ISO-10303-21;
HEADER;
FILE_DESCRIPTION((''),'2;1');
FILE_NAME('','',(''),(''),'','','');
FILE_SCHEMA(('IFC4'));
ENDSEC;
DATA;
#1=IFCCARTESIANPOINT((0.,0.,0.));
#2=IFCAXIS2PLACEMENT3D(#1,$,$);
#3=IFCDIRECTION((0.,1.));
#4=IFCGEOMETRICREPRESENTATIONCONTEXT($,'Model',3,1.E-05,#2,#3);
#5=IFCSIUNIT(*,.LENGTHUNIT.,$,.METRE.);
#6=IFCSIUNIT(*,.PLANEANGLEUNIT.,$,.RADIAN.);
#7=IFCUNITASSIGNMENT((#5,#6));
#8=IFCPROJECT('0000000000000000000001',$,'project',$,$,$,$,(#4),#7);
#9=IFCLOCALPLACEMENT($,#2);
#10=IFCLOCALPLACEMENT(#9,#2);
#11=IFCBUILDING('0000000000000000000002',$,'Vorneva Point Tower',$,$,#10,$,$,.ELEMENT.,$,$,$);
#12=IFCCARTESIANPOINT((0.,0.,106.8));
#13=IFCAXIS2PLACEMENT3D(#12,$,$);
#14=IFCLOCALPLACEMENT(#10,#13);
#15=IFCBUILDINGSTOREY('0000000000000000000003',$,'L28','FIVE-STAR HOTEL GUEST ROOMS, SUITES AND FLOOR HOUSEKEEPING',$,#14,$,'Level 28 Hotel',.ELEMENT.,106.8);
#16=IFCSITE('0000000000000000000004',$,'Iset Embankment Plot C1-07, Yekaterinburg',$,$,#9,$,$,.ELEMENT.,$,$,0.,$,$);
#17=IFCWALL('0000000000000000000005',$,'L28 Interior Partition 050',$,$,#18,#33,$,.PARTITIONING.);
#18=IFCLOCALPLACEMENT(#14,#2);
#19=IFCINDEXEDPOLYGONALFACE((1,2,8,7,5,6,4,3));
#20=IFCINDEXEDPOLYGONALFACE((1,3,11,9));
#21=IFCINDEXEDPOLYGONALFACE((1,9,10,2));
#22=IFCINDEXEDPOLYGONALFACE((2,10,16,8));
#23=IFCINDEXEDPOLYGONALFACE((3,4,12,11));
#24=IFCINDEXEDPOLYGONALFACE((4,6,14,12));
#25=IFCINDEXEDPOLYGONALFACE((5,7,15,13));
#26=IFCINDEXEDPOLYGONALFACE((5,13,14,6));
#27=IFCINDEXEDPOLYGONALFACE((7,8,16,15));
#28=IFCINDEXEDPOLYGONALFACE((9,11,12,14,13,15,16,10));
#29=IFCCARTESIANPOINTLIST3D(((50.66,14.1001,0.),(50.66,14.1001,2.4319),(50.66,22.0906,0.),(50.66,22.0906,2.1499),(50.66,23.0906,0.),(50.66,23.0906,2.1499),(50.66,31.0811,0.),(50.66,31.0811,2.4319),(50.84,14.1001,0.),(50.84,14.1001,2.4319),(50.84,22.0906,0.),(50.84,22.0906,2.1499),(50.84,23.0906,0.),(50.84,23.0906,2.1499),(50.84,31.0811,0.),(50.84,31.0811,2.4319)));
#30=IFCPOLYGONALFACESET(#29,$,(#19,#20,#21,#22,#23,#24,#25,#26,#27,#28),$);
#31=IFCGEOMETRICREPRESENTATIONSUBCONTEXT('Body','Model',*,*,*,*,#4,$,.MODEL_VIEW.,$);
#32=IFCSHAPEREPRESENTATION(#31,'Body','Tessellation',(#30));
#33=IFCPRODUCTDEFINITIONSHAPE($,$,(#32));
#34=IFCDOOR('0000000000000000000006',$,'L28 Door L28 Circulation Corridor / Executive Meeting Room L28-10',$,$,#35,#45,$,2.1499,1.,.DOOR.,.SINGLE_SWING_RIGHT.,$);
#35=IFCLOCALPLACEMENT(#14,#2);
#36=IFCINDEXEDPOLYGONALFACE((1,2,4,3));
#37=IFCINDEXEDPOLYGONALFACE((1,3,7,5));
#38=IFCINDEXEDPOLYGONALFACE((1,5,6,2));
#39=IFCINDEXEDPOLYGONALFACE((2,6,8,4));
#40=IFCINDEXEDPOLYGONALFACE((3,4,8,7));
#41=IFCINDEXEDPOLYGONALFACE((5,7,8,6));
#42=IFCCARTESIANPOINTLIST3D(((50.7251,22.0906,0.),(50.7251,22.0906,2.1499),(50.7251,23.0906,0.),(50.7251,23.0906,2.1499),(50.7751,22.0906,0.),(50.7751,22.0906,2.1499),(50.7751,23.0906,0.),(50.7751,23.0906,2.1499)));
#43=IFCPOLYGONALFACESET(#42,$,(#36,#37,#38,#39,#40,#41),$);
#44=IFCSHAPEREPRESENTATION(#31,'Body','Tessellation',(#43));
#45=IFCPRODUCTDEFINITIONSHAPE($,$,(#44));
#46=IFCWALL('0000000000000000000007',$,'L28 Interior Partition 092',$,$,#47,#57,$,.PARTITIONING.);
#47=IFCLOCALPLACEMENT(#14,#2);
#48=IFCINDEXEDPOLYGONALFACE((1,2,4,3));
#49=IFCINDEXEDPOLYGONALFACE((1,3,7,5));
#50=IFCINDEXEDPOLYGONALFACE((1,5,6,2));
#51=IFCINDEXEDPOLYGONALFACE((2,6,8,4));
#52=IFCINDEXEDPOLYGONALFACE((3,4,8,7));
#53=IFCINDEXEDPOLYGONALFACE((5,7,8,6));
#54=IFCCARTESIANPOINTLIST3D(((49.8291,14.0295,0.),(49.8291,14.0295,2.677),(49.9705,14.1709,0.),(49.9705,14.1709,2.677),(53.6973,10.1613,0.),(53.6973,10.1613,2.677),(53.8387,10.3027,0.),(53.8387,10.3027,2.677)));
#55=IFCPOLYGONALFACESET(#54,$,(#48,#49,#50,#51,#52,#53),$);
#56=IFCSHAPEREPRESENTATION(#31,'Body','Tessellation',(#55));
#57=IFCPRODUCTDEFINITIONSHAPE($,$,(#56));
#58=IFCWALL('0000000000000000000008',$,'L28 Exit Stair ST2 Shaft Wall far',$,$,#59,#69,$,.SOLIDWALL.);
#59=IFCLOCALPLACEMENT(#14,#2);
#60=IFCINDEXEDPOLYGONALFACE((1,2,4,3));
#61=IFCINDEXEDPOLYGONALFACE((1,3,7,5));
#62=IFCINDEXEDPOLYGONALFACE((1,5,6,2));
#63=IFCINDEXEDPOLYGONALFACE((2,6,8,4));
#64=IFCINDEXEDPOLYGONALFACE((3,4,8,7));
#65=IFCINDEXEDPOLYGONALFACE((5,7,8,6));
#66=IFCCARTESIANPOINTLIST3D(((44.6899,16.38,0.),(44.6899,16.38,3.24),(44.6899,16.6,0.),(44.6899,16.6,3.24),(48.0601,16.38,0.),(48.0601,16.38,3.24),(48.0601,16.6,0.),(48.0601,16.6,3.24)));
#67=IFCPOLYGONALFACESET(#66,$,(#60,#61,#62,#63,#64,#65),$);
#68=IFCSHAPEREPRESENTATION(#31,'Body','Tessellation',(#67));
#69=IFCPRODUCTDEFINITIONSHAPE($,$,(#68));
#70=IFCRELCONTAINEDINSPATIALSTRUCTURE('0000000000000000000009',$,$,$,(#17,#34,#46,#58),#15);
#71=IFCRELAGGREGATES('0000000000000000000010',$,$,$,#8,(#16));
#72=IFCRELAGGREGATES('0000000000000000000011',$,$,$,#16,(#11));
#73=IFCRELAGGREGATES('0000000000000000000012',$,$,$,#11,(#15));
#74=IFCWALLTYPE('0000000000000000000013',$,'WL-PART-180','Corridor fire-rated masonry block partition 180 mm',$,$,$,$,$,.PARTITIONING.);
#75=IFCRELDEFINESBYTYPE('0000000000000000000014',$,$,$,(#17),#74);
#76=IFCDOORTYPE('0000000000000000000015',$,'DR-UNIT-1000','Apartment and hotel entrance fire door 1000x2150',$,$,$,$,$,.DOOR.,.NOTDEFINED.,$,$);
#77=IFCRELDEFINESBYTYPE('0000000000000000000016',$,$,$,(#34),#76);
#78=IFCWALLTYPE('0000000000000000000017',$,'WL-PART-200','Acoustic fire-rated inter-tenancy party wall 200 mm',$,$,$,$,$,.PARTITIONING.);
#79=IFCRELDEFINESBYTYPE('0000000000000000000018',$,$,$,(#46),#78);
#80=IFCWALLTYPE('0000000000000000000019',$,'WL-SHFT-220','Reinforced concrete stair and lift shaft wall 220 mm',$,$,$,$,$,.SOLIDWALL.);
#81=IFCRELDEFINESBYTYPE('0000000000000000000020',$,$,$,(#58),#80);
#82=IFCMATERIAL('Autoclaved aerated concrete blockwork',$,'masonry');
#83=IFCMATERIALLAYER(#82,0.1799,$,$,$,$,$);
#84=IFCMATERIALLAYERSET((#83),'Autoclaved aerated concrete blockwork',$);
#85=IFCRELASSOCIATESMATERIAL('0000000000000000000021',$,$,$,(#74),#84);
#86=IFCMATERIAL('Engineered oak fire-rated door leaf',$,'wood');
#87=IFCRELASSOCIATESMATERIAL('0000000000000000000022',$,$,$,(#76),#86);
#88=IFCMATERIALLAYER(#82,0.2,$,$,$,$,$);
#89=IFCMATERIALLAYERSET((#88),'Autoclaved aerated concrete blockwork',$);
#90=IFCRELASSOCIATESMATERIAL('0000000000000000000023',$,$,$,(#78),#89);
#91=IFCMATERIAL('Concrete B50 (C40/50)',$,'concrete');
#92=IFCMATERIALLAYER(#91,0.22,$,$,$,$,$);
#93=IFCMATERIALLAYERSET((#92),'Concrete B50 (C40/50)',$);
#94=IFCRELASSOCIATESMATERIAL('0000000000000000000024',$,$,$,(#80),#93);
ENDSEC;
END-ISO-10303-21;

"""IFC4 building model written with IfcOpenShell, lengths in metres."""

from ifc_helpers import new_model, si_unit, direction, frame, frame_2d, origin, place, context, subcontext, project, spatial, rectangle, extrude, material, layer, layer_set, type_object, element, fill, save


model = new_model("IFC4")

# Units and contexts
model_context = context("Model", 3, precision=1e-05, world=origin(), true_north=direction((0.0, 1.0)))
body_context = subcontext(model_context, "Body", "Model", "MODEL_VIEW")
ifc_project = project(units=[si_unit("LENGTHUNIT", "METRE"), si_unit("PLANEANGLEUNIT", "RADIAN")], contexts=[model_context])

# Site, building, storey
site_placement = place(None, origin())
site = spatial("IfcSite", under=ifc_project, at=site_placement, Name="Iset Embankment Plot C1-07, Yekaterinburg", CompositionType="ELEMENT", RefElevation=0.0)
building_placement = place(site_placement, origin())
building = spatial("IfcBuilding", under=site, at=building_placement, Name="Vorneva Point Tower", CompositionType="ELEMENT")
storey_placement = place(building_placement, frame((0.0, 0.0, 106.8)))
storey = spatial("IfcBuildingStorey", under=building, at=storey_placement, Name="L28", Description="FIVE-STAR HOTEL GUEST ROOMS, SUITES AND FLOOR HOUSEKEEPING", LongName="Level 28 Hotel", CompositionType="ELEMENT", Elevation=106.8)

# Shared definitions
ifc_material_1 = material(Name="Autoclaved aerated concrete blockwork", Category="masonry")
ifc_layer_1 = layer(ifc_material_1, 0.1799)
ifc_layer_set_1 = layer_set([ifc_layer_1], Name="Autoclaved aerated concrete blockwork")
wall_type_1 = type_object("IfcWallType", Name="WL-PART-180", Description="Corridor fire-rated masonry block partition 180 mm", PredefinedType="PARTITIONING", material=ifc_layer_set_1)

# Wall, opening, door
wall_1_placement = place(storey_placement, frame((50.75, 14.1001, 0.0), z_axis=(0.0, 0.0, 1.0), x_axis=(0.0, 1.0, 0.0)))
wall_1 = element("IfcWall", 1, at=wall_1_placement, inside=storey, type_object=wall_type_1, Name="L28 Interior Partition 050", PredefinedType="PARTITIONING", context=body_context, shape_type="SweptSolid", body=[
    extrude(rectangle(XDim=16.981, YDim=0.1799, at=frame_2d((8.4905, 0.0))), origin(), (0.0, 0.0, 1.0), 2.4319),
])
opening_placement = place(wall_1_placement, frame((7.9905, 0.0, 0.0)))
opening = element("IfcOpeningElement", 2, at=opening_placement, cuts=wall_1, PredefinedType="OPENING", context=body_context, shape_type="SweptSolid", body=[
    extrude(rectangle(XDim=1.0, YDim=2.1499, at=frame_2d((0.5, 1.075))), frame((0.0, 0.105, 0.0), z_axis=(0.0, -1.0, 0.0), x_axis=(1.0, 0.0, 0.0)), (0.0, 0.0, 1.0), 0.2097),
])
ifc_material_2 = material(Name="Engineered oak fire-rated door leaf", Category="wood")
door_type = type_object("IfcDoorType", Name="DR-UNIT-1000", Description="Apartment and hotel entrance fire door 1000x2150", OperationType="NOTDEFINED", PredefinedType="DOOR", material=ifc_material_2)
door_placement = place(opening_placement, origin())
door = element("IfcDoor", 3, at=door_placement, inside=storey, type_object=door_type, Name="L28 Door L28 Circulation Corridor / Executive Meeting Room L28-10", OperationType="SINGLE_SWING_RIGHT", OverallHeight=2.1499, OverallWidth=1.0, PredefinedType="DOOR", context=body_context, shape_type="SweptSolid", body=[
    extrude(rectangle(XDim=1.0, YDim=2.1499, at=frame_2d((0.5, 1.075))), frame((0.0, 0.0249, 0.0), z_axis=(0.0, -1.0, 0.0), x_axis=(1.0, 0.0, 0.0)), (0.0, 0.0, 1.0), 0.05),
])
fill(opening, door)

# Walls
ifc_layer_2 = layer(ifc_material_1, 0.2)
ifc_layer_set_2 = layer_set([ifc_layer_2], Name="Autoclaved aerated concrete blockwork")
wall_type_2 = type_object("IfcWallType", Name="WL-PART-200", Description="Acoustic fire-rated inter-tenancy party wall 200 mm", PredefinedType="PARTITIONING", material=ifc_layer_set_2)
wall_2_placement = place(storey_placement, frame((53.7681, 10.2319, 0.0), z_axis=(0.0, 0.0, 1.0), x_axis=(-0.707107, 0.707107, 0.0)))
element("IfcWall", 4, at=wall_2_placement, inside=storey, type_object=wall_type_2, Name="L28 Interior Partition 092", PredefinedType="PARTITIONING", context=body_context, shape_type="SweptSolid", body=[
    extrude(rectangle(XDim=5.4705, YDim=0.2, at=frame_2d((2.7354, 0.0))), origin(), (0.0, 0.0, 1.0), 2.677),
])
ifc_material_3 = material(Name="Concrete B50 (C40/50)", Category="concrete")
ifc_layer_3 = layer(ifc_material_3, 0.22)
ifc_layer_set_3 = layer_set([ifc_layer_3], Name="Concrete B50 (C40/50)")
wall_type_3 = type_object("IfcWallType", Name="WL-SHFT-220", Description="Reinforced concrete stair and lift shaft wall 220 mm", PredefinedType="SOLIDWALL", material=ifc_layer_set_3)
wall_3_placement = place(storey_placement, frame((48.0601, 16.49, 0.0), z_axis=(0.0, 0.0, 1.0), x_axis=(-1.0, 0.0, 0.0)))
element("IfcWall", 5, at=wall_3_placement, inside=storey, type_object=wall_type_3, Name="L28 Exit Stair ST2 Shaft Wall far", PredefinedType="SOLIDWALL", context=body_context, shape_type="SweptSolid", body=[
    extrude(rectangle(XDim=3.3701, YDim=0.22, at=frame_2d((1.6851, 0.0))), origin(), (0.0, 0.0, 1.0), 3.24),
])

save(model, "model.ifc")
